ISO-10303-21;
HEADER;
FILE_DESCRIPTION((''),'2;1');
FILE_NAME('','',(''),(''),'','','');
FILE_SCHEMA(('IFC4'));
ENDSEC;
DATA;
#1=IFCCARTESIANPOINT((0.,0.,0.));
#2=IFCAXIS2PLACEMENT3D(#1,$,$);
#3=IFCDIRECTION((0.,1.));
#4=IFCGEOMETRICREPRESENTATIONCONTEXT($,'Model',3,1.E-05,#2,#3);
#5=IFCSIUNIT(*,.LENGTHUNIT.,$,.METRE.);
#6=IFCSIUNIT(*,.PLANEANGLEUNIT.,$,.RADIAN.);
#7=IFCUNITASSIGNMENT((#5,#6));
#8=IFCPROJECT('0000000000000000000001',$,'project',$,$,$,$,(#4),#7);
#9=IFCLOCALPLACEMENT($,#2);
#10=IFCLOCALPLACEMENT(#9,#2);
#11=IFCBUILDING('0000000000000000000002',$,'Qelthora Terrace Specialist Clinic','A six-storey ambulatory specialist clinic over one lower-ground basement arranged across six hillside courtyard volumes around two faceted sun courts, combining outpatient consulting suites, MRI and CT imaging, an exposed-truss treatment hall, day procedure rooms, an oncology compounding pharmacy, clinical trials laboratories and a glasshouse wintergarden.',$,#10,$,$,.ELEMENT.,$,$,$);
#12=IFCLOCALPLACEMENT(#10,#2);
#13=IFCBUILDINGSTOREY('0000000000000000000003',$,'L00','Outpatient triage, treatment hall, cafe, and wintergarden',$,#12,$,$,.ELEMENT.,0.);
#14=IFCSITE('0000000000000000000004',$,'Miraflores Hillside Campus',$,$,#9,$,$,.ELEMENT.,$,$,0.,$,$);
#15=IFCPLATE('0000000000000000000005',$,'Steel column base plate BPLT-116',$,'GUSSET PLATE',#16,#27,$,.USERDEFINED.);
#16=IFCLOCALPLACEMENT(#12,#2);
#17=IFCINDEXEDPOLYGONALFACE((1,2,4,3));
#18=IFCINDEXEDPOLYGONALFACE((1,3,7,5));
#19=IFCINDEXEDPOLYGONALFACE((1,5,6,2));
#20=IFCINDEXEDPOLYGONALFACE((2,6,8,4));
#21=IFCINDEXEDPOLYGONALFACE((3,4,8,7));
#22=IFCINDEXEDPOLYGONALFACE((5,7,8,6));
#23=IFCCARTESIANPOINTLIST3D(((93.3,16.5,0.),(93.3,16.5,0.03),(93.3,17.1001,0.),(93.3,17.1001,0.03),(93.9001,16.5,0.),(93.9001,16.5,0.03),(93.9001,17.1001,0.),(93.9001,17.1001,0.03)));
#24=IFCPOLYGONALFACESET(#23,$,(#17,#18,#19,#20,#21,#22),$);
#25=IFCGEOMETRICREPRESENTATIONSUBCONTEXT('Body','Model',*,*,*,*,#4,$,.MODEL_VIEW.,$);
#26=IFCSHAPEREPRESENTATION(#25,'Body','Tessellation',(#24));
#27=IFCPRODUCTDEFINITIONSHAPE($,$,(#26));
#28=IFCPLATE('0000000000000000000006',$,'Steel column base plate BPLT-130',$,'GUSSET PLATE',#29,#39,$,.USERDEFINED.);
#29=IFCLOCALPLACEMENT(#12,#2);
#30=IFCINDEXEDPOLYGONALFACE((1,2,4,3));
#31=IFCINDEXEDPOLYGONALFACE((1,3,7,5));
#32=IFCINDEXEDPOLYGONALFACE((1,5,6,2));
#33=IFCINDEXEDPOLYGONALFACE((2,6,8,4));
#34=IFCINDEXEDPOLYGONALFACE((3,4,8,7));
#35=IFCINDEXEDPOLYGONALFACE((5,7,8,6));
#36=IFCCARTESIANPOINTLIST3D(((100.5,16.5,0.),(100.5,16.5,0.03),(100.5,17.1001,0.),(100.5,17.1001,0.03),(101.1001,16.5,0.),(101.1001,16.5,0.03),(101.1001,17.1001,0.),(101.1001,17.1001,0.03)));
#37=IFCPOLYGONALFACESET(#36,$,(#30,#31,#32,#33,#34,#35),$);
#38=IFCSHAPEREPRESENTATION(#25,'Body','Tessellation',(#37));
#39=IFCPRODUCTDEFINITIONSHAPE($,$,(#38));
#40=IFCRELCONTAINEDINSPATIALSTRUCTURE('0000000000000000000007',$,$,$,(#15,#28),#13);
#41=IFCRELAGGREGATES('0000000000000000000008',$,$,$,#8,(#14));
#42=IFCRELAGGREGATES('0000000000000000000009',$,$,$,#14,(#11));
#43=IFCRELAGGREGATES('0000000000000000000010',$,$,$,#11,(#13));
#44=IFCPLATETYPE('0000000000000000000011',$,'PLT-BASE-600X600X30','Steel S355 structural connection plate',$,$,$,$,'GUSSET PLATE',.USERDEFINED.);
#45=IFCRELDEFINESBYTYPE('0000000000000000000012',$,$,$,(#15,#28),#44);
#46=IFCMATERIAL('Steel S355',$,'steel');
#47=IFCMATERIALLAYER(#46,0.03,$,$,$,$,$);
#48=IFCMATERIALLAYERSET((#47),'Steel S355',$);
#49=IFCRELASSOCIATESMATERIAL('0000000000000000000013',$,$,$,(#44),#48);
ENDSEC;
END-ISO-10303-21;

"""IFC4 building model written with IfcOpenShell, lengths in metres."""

from ifc_helpers import new_model, si_unit, direction, frame, origin, origin_2d, place, context, subcontext, project, spatial, rectangle, extrude, material, layer, layer_set, type_object, element, save


model = new_model("IFC4")

# Units and contexts
model_context = context("Model", 3, precision=1e-05, world=origin(), true_north=direction((0.0, 1.0)))
body_context = subcontext(model_context, "Body", "Model", "MODEL_VIEW")
ifc_project = project(units=[si_unit("LENGTHUNIT", "METRE"), si_unit("PLANEANGLEUNIT", "RADIAN")], contexts=[model_context])

# Site, building, storey
site_placement = place(None, origin())
site = spatial("IfcSite", under=ifc_project, at=site_placement, Name="Miraflores Hillside Campus", CompositionType="ELEMENT", RefElevation=0.0)
building_placement = place(site_placement, origin())
building = spatial("IfcBuilding", under=site, at=building_placement, Name="Qelthora Terrace Specialist Clinic", Description="A six-storey ambulatory specialist clinic over one lower-ground basement arranged across six hillside courtyard volumes around two faceted sun courts, combining outpatient consulting suites, MRI and CT imaging, an exposed-truss treatment hall, day procedure rooms, an oncology compounding pharmacy, clinical trials laboratories and a glasshouse wintergarden.", CompositionType="ELEMENT")
storey_placement = place(building_placement, origin())
storey = spatial("IfcBuildingStorey", under=building, at=storey_placement, Name="L00", Description="Outpatient triage, treatment hall, cafe, and wintergarden", CompositionType="ELEMENT", Elevation=0.0)

# Shared definitions
ifc_material_1 = material(Name="Steel S355", Category="steel")

# Plates
ifc_layer_1 = layer(ifc_material_1, 0.03)
ifc_layer_set_1 = layer_set([ifc_layer_1], Name="Steel S355")
plate_type_1 = type_object("IfcPlateType", Name="PLT-BASE-600X600X30", Description="Steel S355 structural connection plate", ElementType="GUSSET PLATE", PredefinedType="USERDEFINED", material=ifc_layer_set_1)
for number, where, z_axis, x_axis, name in (
    (1, (93.6001, 16.8, 0.0), (0.0, 0.0, 1.0), (1.0, 0.0, 0.0), "Steel column base plate BPLT-116"),
    (2, (100.8, 16.8, 0.0), (0.0, 0.0, 1.0), (1.0, 0.0, 0.0), "Steel column base plate BPLT-130"),
):
    element("IfcPlate", number, at=place(storey_placement, frame(where, z_axis=z_axis, x_axis=x_axis)), inside=storey, type_object=plate_type_1, Name=name, ObjectType="GUSSET PLATE", PredefinedType="USERDEFINED", context=body_context, shape_type="SweptSolid", body=[
        extrude(rectangle(XDim=0.6001, YDim=0.6001, at=origin_2d()), origin(), (0.0, 0.0, 1.0), 0.03),
    ])

save(model, "model.ifc")
